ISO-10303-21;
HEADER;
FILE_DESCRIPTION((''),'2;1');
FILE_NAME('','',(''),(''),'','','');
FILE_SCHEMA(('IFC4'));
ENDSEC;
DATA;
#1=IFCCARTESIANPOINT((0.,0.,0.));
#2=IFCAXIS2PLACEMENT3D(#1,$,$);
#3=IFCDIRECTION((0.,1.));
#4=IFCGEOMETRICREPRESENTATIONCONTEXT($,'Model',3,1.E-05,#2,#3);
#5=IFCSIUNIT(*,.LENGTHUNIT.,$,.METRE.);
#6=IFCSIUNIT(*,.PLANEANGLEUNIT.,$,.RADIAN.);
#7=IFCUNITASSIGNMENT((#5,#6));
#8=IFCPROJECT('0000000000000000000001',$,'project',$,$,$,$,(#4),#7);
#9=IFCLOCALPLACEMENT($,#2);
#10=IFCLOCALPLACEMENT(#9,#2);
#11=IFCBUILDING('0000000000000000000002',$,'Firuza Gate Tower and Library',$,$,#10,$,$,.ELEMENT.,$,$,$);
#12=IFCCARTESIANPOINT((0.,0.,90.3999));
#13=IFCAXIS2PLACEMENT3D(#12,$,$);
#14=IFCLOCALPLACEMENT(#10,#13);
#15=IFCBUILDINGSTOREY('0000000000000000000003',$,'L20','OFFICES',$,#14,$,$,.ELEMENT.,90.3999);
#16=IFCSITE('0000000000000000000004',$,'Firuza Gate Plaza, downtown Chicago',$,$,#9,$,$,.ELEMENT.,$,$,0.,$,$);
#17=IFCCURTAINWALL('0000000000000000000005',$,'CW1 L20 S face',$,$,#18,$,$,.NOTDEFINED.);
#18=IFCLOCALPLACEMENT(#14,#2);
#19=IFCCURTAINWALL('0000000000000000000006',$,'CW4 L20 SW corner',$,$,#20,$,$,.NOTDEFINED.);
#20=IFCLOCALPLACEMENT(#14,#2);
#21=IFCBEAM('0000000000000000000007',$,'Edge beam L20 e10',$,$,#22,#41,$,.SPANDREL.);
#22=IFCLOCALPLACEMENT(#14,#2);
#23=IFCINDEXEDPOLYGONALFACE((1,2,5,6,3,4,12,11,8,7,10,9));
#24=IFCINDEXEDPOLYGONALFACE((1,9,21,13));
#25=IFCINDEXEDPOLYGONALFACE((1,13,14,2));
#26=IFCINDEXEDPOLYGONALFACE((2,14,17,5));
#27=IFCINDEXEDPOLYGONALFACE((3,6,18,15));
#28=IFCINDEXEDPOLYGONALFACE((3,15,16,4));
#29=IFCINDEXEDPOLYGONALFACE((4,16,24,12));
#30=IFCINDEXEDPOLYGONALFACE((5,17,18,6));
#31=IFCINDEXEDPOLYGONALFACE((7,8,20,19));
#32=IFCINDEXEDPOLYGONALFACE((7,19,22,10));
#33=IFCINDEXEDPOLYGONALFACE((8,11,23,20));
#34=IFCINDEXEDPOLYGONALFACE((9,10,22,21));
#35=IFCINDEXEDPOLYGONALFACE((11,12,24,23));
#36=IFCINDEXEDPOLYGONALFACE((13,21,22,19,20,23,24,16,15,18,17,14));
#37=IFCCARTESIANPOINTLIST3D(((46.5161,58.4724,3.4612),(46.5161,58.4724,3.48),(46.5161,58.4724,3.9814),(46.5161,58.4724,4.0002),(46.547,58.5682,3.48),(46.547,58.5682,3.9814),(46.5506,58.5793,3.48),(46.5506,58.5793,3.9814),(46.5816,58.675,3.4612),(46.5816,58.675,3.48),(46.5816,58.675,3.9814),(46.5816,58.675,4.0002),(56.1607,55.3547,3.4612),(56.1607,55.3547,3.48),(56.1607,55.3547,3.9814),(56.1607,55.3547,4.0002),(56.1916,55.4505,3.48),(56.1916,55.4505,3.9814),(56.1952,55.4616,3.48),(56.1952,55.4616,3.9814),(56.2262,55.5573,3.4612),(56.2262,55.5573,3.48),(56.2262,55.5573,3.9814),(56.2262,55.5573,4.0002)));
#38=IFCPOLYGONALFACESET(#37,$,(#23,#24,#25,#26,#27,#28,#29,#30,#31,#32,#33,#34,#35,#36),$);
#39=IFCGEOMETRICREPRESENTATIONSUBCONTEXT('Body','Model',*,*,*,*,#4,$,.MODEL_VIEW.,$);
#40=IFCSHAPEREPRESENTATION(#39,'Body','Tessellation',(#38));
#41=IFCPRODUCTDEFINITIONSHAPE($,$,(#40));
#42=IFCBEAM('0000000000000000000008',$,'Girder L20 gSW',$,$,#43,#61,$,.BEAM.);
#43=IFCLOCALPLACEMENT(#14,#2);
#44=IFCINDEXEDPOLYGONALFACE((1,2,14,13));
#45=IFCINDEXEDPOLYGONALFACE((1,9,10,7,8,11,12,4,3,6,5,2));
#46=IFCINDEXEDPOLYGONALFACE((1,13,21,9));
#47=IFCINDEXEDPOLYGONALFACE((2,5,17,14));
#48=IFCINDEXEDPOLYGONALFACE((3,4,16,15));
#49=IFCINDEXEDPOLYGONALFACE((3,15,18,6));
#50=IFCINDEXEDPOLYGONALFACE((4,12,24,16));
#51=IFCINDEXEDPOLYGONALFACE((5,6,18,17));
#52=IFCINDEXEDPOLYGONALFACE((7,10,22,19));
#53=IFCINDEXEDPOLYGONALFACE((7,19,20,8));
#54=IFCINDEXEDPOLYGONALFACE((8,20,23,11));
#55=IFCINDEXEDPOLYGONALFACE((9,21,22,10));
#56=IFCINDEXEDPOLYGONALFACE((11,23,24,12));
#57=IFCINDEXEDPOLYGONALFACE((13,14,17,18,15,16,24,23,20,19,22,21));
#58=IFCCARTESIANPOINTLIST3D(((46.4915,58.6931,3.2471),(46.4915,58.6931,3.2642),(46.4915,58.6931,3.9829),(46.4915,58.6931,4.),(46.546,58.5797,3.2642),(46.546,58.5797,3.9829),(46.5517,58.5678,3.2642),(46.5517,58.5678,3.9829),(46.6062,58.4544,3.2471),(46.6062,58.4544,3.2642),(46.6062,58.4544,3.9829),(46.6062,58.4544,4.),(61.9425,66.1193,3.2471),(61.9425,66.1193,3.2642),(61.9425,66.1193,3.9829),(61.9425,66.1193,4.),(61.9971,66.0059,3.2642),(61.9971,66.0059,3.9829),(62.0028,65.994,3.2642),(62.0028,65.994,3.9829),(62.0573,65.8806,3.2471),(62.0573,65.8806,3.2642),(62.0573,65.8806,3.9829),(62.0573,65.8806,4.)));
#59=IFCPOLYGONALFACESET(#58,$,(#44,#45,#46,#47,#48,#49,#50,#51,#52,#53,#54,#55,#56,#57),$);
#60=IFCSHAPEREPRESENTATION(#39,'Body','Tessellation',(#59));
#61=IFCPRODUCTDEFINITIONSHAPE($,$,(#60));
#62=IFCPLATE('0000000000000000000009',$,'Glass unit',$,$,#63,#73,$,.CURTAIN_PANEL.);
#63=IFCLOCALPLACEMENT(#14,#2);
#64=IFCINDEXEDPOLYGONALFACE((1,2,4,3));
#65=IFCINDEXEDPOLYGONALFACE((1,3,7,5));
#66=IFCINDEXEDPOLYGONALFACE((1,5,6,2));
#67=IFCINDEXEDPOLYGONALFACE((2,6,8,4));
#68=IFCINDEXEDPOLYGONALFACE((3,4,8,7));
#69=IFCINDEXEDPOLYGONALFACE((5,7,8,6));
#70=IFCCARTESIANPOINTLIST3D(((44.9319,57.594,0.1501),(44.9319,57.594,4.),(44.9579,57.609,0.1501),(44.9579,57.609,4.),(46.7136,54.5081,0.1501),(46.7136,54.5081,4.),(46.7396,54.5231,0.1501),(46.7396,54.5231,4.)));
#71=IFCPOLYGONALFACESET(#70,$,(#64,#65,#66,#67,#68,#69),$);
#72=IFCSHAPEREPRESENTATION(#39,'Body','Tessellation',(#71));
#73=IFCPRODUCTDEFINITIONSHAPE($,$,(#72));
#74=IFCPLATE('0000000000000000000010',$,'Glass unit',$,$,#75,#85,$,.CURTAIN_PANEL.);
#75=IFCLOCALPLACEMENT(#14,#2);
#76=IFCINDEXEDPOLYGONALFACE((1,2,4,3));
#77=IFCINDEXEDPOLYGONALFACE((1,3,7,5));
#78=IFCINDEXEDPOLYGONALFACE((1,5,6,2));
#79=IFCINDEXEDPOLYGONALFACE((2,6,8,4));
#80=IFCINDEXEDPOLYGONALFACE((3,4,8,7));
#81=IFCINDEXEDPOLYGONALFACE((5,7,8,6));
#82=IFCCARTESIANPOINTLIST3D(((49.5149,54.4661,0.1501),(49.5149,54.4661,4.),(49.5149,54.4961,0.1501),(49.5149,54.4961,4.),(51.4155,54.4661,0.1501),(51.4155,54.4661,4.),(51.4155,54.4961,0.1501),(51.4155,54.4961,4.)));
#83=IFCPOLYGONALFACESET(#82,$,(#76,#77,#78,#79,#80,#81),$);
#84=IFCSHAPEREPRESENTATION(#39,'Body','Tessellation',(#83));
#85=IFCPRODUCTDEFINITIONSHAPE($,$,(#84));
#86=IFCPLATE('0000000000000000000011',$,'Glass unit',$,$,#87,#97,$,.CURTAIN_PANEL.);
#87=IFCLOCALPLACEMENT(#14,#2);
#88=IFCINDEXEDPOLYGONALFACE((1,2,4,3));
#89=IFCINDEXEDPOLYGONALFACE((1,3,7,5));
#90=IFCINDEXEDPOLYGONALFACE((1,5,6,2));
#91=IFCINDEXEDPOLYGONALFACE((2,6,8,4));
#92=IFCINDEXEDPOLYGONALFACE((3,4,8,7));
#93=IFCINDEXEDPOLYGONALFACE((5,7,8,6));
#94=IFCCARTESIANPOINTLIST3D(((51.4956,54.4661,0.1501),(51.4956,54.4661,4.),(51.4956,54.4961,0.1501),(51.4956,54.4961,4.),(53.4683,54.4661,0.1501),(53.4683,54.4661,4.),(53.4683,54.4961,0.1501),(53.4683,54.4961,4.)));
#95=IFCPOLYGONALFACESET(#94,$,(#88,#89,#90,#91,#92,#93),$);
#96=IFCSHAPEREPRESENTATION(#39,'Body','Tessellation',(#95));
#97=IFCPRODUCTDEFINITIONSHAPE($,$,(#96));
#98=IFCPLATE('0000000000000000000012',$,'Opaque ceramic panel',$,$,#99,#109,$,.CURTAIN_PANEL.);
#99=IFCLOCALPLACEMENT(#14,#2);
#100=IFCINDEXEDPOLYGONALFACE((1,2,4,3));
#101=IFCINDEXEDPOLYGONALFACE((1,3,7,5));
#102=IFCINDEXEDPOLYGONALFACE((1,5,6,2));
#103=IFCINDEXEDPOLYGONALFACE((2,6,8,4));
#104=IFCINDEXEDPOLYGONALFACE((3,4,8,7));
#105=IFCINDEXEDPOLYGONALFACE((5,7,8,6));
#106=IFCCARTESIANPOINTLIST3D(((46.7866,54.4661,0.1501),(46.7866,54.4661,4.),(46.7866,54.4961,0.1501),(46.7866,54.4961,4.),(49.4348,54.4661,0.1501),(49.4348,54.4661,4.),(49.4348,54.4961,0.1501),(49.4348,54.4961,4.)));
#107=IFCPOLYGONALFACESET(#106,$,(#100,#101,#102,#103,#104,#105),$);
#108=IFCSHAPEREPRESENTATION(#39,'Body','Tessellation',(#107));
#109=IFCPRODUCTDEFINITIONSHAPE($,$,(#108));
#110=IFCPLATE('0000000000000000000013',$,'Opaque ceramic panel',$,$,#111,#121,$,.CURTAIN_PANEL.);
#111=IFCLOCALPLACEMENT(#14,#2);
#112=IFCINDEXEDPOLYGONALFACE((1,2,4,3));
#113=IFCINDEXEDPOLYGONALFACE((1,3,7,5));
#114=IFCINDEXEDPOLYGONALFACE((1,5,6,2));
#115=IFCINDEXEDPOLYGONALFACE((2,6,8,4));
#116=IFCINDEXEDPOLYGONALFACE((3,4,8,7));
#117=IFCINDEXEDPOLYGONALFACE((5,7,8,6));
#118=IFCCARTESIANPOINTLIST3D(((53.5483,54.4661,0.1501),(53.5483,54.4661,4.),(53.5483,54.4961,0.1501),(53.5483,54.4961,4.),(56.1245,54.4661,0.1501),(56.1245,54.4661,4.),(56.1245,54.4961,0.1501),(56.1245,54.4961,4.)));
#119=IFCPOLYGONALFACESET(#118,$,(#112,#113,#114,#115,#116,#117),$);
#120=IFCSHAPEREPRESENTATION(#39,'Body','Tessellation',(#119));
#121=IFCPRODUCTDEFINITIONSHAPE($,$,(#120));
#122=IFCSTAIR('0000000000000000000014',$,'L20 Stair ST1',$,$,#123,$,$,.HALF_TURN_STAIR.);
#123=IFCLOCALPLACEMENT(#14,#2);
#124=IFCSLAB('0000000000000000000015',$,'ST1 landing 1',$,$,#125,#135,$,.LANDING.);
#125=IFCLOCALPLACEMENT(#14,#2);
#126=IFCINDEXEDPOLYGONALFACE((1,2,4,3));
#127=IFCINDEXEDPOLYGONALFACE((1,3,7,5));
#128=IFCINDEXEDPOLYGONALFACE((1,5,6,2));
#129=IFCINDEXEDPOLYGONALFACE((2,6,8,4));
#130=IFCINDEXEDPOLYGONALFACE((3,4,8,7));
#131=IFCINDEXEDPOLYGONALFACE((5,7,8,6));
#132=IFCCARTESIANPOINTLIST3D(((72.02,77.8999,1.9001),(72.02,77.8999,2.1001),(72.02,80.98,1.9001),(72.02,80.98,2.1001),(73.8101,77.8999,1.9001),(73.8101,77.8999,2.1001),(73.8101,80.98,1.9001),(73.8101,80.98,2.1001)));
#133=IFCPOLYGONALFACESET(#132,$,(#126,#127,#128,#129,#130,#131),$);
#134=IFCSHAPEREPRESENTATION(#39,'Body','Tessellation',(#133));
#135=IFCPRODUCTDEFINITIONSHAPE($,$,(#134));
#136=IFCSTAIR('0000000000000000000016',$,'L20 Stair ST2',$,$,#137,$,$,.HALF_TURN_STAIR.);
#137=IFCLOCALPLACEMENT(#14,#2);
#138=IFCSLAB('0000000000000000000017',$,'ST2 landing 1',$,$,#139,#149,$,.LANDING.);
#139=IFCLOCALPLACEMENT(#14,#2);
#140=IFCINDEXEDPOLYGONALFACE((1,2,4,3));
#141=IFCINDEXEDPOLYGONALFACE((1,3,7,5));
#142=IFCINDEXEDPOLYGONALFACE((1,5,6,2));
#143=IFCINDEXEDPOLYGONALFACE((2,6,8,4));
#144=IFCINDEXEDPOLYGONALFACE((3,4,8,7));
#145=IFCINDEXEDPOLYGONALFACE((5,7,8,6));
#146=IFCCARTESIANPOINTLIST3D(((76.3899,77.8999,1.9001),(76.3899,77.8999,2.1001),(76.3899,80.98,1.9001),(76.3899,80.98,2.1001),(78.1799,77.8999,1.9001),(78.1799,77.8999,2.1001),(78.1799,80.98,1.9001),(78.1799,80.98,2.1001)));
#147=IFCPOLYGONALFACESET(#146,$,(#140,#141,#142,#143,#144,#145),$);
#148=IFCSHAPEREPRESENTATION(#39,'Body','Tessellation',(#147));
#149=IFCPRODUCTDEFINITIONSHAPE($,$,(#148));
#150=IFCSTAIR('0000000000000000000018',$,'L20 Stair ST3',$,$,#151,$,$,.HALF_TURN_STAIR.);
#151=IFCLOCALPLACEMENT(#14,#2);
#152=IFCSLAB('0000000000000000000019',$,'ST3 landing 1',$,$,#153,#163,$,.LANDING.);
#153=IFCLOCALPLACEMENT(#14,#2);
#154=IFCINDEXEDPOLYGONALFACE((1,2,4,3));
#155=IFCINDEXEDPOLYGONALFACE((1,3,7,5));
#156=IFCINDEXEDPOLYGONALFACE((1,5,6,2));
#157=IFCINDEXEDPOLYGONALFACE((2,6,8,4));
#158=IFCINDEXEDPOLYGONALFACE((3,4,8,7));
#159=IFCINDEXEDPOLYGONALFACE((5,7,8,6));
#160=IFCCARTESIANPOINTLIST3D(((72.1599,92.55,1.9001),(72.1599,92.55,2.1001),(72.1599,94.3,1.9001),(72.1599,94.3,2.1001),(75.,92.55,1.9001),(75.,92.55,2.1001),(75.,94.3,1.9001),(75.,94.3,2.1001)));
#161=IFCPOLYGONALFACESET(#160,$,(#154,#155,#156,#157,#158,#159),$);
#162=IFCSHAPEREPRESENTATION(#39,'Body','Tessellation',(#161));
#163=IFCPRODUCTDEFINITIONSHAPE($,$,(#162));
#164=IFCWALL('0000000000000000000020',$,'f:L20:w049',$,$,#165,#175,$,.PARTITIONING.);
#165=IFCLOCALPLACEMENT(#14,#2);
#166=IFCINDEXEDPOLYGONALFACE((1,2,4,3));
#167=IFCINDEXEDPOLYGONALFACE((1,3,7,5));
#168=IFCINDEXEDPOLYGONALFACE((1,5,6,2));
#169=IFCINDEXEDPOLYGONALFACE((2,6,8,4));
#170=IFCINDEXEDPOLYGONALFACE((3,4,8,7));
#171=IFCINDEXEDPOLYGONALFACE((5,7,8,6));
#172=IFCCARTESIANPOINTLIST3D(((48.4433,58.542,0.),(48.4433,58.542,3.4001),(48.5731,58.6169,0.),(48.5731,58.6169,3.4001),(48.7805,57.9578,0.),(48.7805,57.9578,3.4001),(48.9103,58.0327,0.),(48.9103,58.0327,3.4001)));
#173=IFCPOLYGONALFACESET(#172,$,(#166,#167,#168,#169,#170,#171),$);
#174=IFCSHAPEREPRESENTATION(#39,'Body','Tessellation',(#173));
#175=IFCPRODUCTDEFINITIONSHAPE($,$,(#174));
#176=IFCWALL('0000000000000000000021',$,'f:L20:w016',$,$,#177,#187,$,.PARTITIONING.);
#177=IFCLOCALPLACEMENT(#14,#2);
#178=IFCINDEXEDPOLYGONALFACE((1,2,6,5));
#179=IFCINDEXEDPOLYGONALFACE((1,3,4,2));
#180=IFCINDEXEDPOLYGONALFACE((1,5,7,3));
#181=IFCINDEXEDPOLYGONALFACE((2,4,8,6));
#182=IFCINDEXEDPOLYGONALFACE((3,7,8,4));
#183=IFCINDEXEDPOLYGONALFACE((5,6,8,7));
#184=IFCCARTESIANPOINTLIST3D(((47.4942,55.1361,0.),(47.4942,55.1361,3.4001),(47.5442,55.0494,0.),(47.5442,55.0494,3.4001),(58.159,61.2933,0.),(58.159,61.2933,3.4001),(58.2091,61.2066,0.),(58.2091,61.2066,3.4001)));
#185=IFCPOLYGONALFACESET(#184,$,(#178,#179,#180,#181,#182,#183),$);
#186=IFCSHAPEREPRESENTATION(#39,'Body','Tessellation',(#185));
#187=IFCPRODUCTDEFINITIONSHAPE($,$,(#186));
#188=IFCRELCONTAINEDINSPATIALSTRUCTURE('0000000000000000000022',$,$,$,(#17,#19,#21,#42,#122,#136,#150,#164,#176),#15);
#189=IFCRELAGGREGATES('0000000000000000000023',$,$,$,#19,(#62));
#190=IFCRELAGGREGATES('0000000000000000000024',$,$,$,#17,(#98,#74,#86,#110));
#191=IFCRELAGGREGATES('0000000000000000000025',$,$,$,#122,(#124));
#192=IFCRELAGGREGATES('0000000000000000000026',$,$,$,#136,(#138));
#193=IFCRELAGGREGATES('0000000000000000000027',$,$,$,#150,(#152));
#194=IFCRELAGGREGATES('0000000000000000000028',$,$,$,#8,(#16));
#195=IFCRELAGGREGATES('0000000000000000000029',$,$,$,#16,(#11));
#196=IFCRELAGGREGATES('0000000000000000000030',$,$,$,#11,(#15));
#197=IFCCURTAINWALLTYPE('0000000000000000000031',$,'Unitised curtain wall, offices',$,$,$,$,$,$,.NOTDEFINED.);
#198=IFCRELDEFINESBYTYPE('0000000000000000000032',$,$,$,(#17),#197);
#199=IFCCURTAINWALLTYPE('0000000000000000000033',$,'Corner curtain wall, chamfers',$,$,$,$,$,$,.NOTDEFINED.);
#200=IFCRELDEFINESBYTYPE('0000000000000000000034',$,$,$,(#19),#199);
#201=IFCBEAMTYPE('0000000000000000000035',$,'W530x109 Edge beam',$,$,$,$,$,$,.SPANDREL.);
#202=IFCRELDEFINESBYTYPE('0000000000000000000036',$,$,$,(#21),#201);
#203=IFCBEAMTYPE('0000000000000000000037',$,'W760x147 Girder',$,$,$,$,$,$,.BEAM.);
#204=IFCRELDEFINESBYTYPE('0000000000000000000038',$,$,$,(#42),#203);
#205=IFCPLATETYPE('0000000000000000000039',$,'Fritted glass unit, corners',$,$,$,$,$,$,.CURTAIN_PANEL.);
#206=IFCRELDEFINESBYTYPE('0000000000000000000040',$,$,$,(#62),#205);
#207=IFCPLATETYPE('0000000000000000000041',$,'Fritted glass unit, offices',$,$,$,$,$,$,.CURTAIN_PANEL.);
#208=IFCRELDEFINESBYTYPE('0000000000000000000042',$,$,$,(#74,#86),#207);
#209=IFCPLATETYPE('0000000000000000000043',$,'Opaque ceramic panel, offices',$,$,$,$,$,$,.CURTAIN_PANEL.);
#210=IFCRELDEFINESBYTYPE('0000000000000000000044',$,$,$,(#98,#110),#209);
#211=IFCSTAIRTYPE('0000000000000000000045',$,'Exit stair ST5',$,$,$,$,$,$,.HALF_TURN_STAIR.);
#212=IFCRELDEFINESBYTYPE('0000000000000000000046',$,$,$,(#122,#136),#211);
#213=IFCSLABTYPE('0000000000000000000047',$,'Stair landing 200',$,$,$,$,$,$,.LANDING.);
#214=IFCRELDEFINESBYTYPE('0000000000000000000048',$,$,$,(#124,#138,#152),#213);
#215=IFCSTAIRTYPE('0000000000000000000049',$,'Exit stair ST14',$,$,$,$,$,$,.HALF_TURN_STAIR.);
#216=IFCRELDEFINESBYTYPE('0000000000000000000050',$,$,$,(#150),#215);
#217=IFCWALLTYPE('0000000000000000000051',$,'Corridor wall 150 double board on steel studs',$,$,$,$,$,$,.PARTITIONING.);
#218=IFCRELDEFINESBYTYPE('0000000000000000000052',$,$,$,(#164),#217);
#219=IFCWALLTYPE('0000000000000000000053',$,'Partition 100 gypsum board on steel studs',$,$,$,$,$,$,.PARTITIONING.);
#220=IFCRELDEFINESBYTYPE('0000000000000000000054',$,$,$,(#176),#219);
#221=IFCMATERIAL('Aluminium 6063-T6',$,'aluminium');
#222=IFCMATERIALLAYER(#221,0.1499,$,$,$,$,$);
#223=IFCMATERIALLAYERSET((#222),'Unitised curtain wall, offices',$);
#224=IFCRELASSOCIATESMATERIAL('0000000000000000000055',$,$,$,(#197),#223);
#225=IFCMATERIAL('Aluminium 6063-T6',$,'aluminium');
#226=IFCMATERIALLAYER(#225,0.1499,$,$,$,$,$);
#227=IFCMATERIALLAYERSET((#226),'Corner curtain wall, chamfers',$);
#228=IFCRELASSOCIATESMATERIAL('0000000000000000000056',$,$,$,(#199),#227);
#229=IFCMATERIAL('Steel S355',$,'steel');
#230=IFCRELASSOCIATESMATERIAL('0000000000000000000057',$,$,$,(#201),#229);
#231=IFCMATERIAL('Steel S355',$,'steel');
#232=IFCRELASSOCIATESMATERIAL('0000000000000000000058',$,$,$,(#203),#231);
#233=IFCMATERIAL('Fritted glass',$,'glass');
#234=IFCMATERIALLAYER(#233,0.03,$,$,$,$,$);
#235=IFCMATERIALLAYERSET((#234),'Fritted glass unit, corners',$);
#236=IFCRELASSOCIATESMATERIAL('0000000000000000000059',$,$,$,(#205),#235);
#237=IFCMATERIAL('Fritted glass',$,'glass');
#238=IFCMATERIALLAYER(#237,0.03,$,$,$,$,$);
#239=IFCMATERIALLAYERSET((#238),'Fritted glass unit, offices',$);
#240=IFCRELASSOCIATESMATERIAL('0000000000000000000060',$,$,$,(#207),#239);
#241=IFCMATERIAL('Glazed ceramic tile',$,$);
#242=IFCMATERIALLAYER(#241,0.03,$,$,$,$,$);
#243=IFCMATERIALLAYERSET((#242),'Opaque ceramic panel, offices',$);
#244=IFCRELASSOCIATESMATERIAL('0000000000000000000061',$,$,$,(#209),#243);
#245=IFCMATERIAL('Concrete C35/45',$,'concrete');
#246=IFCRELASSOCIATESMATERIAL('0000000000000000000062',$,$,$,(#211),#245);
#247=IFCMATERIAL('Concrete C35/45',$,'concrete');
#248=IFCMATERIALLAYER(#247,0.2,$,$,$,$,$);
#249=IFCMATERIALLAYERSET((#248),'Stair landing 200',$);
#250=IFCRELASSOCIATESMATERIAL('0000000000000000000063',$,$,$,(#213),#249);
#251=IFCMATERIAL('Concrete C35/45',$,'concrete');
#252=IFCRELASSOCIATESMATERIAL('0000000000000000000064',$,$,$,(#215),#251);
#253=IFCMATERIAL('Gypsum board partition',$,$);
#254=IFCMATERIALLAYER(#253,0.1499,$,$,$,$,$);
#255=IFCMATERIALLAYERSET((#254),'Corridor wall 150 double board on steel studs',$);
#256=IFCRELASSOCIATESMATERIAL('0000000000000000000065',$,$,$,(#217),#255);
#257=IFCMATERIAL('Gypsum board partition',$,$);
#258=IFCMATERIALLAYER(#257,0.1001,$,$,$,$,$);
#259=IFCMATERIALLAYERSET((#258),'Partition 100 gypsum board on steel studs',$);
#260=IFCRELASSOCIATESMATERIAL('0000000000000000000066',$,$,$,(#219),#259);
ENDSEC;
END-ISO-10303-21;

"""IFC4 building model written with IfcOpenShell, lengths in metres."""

from ifc_helpers import new_model, si_unit, direction, frame, frame_2d, origin, origin_2d, place, context, subcontext, project, spatial, polyline, rectangle, i_section, outline, extrude, material, layer, layer_set, material_profile, profile_set, type_object, element, aggregate, save


model = new_model("IFC4")

# Units and contexts
model_context = context("Model", 3, precision=1e-05, world=origin(), true_north=direction((0.0, 1.0)))
body_context = subcontext(model_context, "Body", "Model", "MODEL_VIEW")
ifc_project = project(units=[si_unit("LENGTHUNIT", "METRE"), si_unit("PLANEANGLEUNIT", "RADIAN")], contexts=[model_context])

# Site, building, storey
site_placement = place(None, origin())
site = spatial("IfcSite", under=ifc_project, at=site_placement, Name="Firuza Gate Plaza, downtown Chicago", CompositionType="ELEMENT", RefElevation=0.0)
building_placement = place(site_placement, origin())
building = spatial("IfcBuilding", under=site, at=building_placement, Name="Firuza Gate Tower and Library", CompositionType="ELEMENT")
storey_placement = place(building_placement, frame((0.0, 0.0, 90.3999)))
storey = spatial("IfcBuildingStorey", under=building, at=storey_placement, Name="L20", Description="OFFICES", CompositionType="ELEMENT", Elevation=90.3999)

# Curtain walls
ifc_material_1 = material(Name="Aluminium 6063-T6", Category="aluminium")
ifc_layer_1 = layer(ifc_material_1, 0.1499)
ifc_layer_set_1 = layer_set([ifc_layer_1], Name="Unitised curtain wall, offices")
curtain_wall_type_1 = type_object("IfcCurtainWallType", Name="Unitised curtain wall, offices", PredefinedType="NOTDEFINED", material=ifc_layer_set_1)
placement_1 = place(storey_placement, origin())
curtain_wall_1 = element("IfcCurtainWall", 1, at=placement_1, inside=storey, type_object=curtain_wall_type_1, Name="CW1 L20 S face", PredefinedType="NOTDEFINED")
ifc_material_2 = material(Name="Aluminium 6063-T6", Category="aluminium")
ifc_layer_2 = layer(ifc_material_2, 0.1499)
ifc_layer_set_2 = layer_set([ifc_layer_2], Name="Corner curtain wall, chamfers")
curtain_wall_type_2 = type_object("IfcCurtainWallType", Name="Corner curtain wall, chamfers", PredefinedType="NOTDEFINED", material=ifc_layer_set_2)
curtain_wall_2 = element("IfcCurtainWall", 2, at=placement_1, inside=storey, type_object=curtain_wall_type_2, Name="CW4 L20 SW corner", PredefinedType="NOTDEFINED")

# Beams
ifc_material_3 = material(Name="Steel S355", Category="steel")
ifc_material_profile_1 = material_profile(ifc_material_3, i_section(OverallWidth=0.2129, OverallDepth=0.5391, WebThickness=0.0117, FlangeThickness=0.0188, at=origin_2d()))
ifc_profile_set_1 = profile_set([ifc_material_profile_1], Name="Steel S355")
beam_type_1 = type_object("IfcBeamType", Name="W530x109 Edge beam", PredefinedType="SPANDREL", material=ifc_profile_set_1)
beam_1_placement = place(storey_placement, frame((46.5488, 58.5737, 3.7307), z_axis=(0.95152, -0.307587, 0.0), x_axis=(0.307587, 0.95152, 0.0)))
element("IfcBeam", 3, at=beam_1_placement, inside=storey, type_object=beam_type_1, Name="Edge beam L20 e10", PredefinedType="SPANDREL", context=body_context, shape_type="SweptSolid", body=[
    extrude(i_section(OverallWidth=0.2129, OverallDepth=0.5391, WebThickness=0.0117, FlangeThickness=0.0188, at=origin_2d()), origin(), (0.0, 0.0, 1.0), 10.136),
])
ifc_material_4 = material(Name="Steel S355", Category="steel")
ifc_material_profile_2 = material_profile(ifc_material_4, i_section(OverallWidth=0.2649, OverallDepth=0.7529, WebThickness=0.0132, FlangeThickness=0.0171, at=origin_2d()))
ifc_profile_set_2 = profile_set([ifc_material_profile_2], Name="Steel S355")
beam_type_2 = type_object("IfcBeamType", Name="W760x147 Girder", PredefinedType="BEAM", material=ifc_profile_set_2)
beam_2_placement = place(storey_placement, frame((46.5488, 58.5737, 3.6235), z_axis=(0.901302, 0.433191, 0.0), x_axis=(-0.433191, 0.901302, 0.0)))
element("IfcBeam", 4, at=beam_2_placement, inside=storey, type_object=beam_type_2, Name="Girder L20 gSW", PredefinedType="BEAM", context=body_context, shape_type="SweptSolid", body=[
    extrude(i_section(OverallWidth=0.2649, OverallDepth=0.7529, WebThickness=0.0132, FlangeThickness=0.0171, at=origin_2d()), origin(), (0.0, 0.0, 1.0), 17.1431),
])

# Plates
ifc_material_5 = material(Name="Fritted glass", Category="glass")
ifc_layer_3 = layer(ifc_material_5, 0.03)
ifc_layer_set_3 = layer_set([ifc_layer_3], Name="Fritted glass unit, corners")
plate_type_1 = type_object("IfcPlateType", Name="Fritted glass unit, corners", PredefinedType="CURTAIN_PANEL", material=ifc_layer_set_3)
plate_1_placement = place(storey_placement, frame((44.9319, 57.594, 0.1501), z_axis=(-0.866017, -0.500015, 0.0), x_axis=(0.500015, -0.866017, 0.0)))
plate_1 = element("IfcPlate", 5, at=plate_1_placement, type_object=plate_type_1, Name="Glass unit", PredefinedType="CURTAIN_PANEL", context=body_context, shape_type="SweptSolid", body=[
    extrude(outline(polyline([(0.0, 0.0), (3.5634, 0.0), (3.5634, 3.8499), (0.0, 3.8499), (0.0, 0.0)])), origin(), (0.0, 0.0, -1.0), 0.03),
])
aggregate(curtain_wall_2, [plate_1])
ifc_material_6 = material(Name="Fritted glass", Category="glass")
ifc_layer_4 = layer(ifc_material_6, 0.03)
ifc_layer_set_4 = layer_set([ifc_layer_4], Name="Fritted glass unit, offices")
plate_type_2 = type_object("IfcPlateType", Name="Fritted glass unit, offices", PredefinedType="CURTAIN_PANEL", material=ifc_layer_set_4)
plate_2_placement = place(storey_placement, frame((49.5149, 54.4661, 0.1501), z_axis=(0.0, -1.0, 0.0), x_axis=(1.0, 0.0, 0.0)))
plate_2 = element("IfcPlate", 6, at=plate_2_placement, type_object=plate_type_2, Name="Glass unit", PredefinedType="CURTAIN_PANEL", context=body_context, shape_type="SweptSolid", body=[
    extrude(outline(polyline([(0.0, 0.0), (1.9006, 0.0), (1.9006, 3.8499), (0.0, 3.8499), (0.0, 0.0)])), origin(), (0.0, 0.0, -1.0), 0.03),
])
plate_3_placement = place(storey_placement, frame((51.4956, 54.4661, 0.1501), z_axis=(0.0, -1.0, 0.0), x_axis=(1.0, 0.0, 0.0)))
plate_3 = element("IfcPlate", 7, at=plate_3_placement, type_object=plate_type_2, Name="Glass unit", PredefinedType="CURTAIN_PANEL", context=body_context, shape_type="SweptSolid", body=[
    extrude(outline(polyline([(0.0, 0.0), (1.9727, 0.0), (1.9727, 3.8499), (0.0, 3.8499), (0.0, 0.0)])), origin(), (0.0, 0.0, -1.0), 0.03),
])
ifc_material_7 = material(Name="Glazed ceramic tile")
ifc_layer_5 = layer(ifc_material_7, 0.03)
ifc_layer_set_5 = layer_set([ifc_layer_5], Name="Opaque ceramic panel, offices")
plate_type_3 = type_object("IfcPlateType", Name="Opaque ceramic panel, offices", PredefinedType="CURTAIN_PANEL", material=ifc_layer_set_5)
plate_4_placement = place(storey_placement, frame((46.7866, 54.4661, 0.1501), z_axis=(0.0, -1.0, 0.0), x_axis=(1.0, 0.0, 0.0)))
plate_4 = element("IfcPlate", 8, at=plate_4_placement, type_object=plate_type_3, Name="Opaque ceramic panel", PredefinedType="CURTAIN_PANEL", context=body_context, shape_type="SweptSolid", body=[
    extrude(outline(polyline([(0.0, 0.0), (2.6482, 0.0), (2.6482, 3.8499), (0.0, 3.8499), (0.0, 0.0)])), origin(), (0.0, 0.0, -1.0), 0.03),
])
plate_5_placement = place(storey_placement, frame((53.5483, 54.4661, 0.1501), z_axis=(0.0, -1.0, 0.0), x_axis=(1.0, 0.0, 0.0)))
plate_5 = element("IfcPlate", 9, at=plate_5_placement, type_object=plate_type_3, Name="Opaque ceramic panel", PredefinedType="CURTAIN_PANEL", context=body_context, shape_type="SweptSolid", body=[
    extrude(outline(polyline([(0.0, 0.0), (2.5762, 0.0), (2.5762, 3.8499), (0.0, 3.8499), (0.0, 0.0)])), origin(), (0.0, 0.0, -1.0), 0.03),
])
aggregate(curtain_wall_1, [plate_4, plate_2, plate_3, plate_5])

# Stairs, slabs
ifc_material_8 = material(Name="Concrete C35/45", Category="concrete")
stair_type_1 = type_object("IfcStairType", Name="Exit stair ST5", PredefinedType="HALF_TURN_STAIR", material=ifc_material_8)
stair_1 = element("IfcStair", 10, at=placement_1, inside=storey, type_object=stair_type_1, Name="L20 Stair ST1", PredefinedType="HALF_TURN_STAIR")
ifc_material_9 = material(Name="Concrete C35/45", Category="concrete")
ifc_layer_6 = layer(ifc_material_9, 0.2)
ifc_layer_set_6 = layer_set([ifc_layer_6], Name="Stair landing 200")
slab_type_1 = type_object("IfcSlabType", Name="Stair landing 200", PredefinedType="LANDING", material=ifc_layer_set_6)
placement_2 = place(storey_placement, frame((0.0, 0.0, 1.9001)))
slab_1 = element("IfcSlab", 11, at=placement_2, type_object=slab_type_1, Name="ST1 landing 1", PredefinedType="LANDING", context=body_context, shape_type="SweptSolid", body=[
    extrude(outline(polyline([(72.02, 77.8999), (73.8101, 77.8999), (73.8101, 80.98), (72.02, 80.98), (72.02, 77.8999)])), origin(), (0.0, 0.0, 1.0), 0.2),
])
aggregate(stair_1, [slab_1])
stair_2 = element("IfcStair", 12, at=placement_1, inside=storey, type_object=stair_type_1, Name="L20 Stair ST2", PredefinedType="HALF_TURN_STAIR")
slab_2 = element("IfcSlab", 13, at=placement_2, type_object=slab_type_1, Name="ST2 landing 1", PredefinedType="LANDING", context=body_context, shape_type="SweptSolid", body=[
    extrude(outline(polyline([(78.1799, 80.98), (76.3899, 80.98), (76.3899, 77.8999), (78.1799, 77.8999), (78.1799, 80.98)])), origin(), (0.0, 0.0, 1.0), 0.2),
])
aggregate(stair_2, [slab_2])
ifc_material_10 = material(Name="Concrete C35/45", Category="concrete")
stair_type_2 = type_object("IfcStairType", Name="Exit stair ST14", PredefinedType="HALF_TURN_STAIR", material=ifc_material_10)
stair_3 = element("IfcStair", 14, at=placement_1, inside=storey, type_object=stair_type_2, Name="L20 Stair ST3", PredefinedType="HALF_TURN_STAIR")
slab_3 = element("IfcSlab", 15, at=placement_2, type_object=slab_type_1, Name="ST3 landing 1", PredefinedType="LANDING", context=body_context, shape_type="SweptSolid", body=[
    extrude(outline(polyline([(75.0, 92.55), (75.0, 94.3), (72.1599, 94.3), (72.1599, 92.55), (75.0, 92.55)])), origin(), (0.0, 0.0, 1.0), 0.2),
])
aggregate(stair_3, [slab_3])

# Walls
ifc_material_11 = material(Name="Gypsum board partition")
ifc_layer_7 = layer(ifc_material_11, 0.1499)
ifc_layer_set_7 = layer_set([ifc_layer_7], Name="Corridor wall 150 double board on steel studs")
wall_type_1 = type_object("IfcWallType", Name="Corridor wall 150 double board on steel studs", PredefinedType="PARTITIONING", material=ifc_layer_set_7)
wall_1_placement = place(storey_placement, frame((48.8455, 57.9951, 0.0), z_axis=(0.0, 0.0, 1.0), x_axis=(-0.499837, 0.866119, 0.0)))
element("IfcWall", 16, at=wall_1_placement, inside=storey, type_object=wall_type_1, Name="f:L20:w049", PredefinedType="PARTITIONING", context=body_context, shape_type="SweptSolid", body=[
    extrude(rectangle(XDim=0.6746, YDim=0.1499, at=frame_2d((0.3374, 0.0))), origin(), (0.0, 0.0, 1.0), 3.4001),
])
ifc_material_12 = material(Name="Gypsum board partition")
ifc_layer_8 = layer(ifc_material_12, 0.1001)
ifc_layer_set_8 = layer_set([ifc_layer_8], Name="Partition 100 gypsum board on steel studs")
wall_type_2 = type_object("IfcWallType", Name="Partition 100 gypsum board on steel studs", PredefinedType="PARTITIONING", material=ifc_layer_set_8)
wall_2_placement = place(storey_placement, frame((47.5193, 55.0928, 0.0), z_axis=(0.0, 0.0, 1.0), x_axis=(0.866029, 0.499994, 0.0)))
element("IfcWall", 17, at=wall_2_placement, inside=storey, type_object=wall_type_2, Name="f:L20:w016", PredefinedType="PARTITIONING", context=body_context, shape_type="SweptSolid", body=[
    extrude(rectangle(XDim=12.3147, YDim=0.1001, at=frame_2d((6.1572, 0.0))), origin(), (0.0, 0.0, 1.0), 3.4001),
])

save(model, "model.ifc")
